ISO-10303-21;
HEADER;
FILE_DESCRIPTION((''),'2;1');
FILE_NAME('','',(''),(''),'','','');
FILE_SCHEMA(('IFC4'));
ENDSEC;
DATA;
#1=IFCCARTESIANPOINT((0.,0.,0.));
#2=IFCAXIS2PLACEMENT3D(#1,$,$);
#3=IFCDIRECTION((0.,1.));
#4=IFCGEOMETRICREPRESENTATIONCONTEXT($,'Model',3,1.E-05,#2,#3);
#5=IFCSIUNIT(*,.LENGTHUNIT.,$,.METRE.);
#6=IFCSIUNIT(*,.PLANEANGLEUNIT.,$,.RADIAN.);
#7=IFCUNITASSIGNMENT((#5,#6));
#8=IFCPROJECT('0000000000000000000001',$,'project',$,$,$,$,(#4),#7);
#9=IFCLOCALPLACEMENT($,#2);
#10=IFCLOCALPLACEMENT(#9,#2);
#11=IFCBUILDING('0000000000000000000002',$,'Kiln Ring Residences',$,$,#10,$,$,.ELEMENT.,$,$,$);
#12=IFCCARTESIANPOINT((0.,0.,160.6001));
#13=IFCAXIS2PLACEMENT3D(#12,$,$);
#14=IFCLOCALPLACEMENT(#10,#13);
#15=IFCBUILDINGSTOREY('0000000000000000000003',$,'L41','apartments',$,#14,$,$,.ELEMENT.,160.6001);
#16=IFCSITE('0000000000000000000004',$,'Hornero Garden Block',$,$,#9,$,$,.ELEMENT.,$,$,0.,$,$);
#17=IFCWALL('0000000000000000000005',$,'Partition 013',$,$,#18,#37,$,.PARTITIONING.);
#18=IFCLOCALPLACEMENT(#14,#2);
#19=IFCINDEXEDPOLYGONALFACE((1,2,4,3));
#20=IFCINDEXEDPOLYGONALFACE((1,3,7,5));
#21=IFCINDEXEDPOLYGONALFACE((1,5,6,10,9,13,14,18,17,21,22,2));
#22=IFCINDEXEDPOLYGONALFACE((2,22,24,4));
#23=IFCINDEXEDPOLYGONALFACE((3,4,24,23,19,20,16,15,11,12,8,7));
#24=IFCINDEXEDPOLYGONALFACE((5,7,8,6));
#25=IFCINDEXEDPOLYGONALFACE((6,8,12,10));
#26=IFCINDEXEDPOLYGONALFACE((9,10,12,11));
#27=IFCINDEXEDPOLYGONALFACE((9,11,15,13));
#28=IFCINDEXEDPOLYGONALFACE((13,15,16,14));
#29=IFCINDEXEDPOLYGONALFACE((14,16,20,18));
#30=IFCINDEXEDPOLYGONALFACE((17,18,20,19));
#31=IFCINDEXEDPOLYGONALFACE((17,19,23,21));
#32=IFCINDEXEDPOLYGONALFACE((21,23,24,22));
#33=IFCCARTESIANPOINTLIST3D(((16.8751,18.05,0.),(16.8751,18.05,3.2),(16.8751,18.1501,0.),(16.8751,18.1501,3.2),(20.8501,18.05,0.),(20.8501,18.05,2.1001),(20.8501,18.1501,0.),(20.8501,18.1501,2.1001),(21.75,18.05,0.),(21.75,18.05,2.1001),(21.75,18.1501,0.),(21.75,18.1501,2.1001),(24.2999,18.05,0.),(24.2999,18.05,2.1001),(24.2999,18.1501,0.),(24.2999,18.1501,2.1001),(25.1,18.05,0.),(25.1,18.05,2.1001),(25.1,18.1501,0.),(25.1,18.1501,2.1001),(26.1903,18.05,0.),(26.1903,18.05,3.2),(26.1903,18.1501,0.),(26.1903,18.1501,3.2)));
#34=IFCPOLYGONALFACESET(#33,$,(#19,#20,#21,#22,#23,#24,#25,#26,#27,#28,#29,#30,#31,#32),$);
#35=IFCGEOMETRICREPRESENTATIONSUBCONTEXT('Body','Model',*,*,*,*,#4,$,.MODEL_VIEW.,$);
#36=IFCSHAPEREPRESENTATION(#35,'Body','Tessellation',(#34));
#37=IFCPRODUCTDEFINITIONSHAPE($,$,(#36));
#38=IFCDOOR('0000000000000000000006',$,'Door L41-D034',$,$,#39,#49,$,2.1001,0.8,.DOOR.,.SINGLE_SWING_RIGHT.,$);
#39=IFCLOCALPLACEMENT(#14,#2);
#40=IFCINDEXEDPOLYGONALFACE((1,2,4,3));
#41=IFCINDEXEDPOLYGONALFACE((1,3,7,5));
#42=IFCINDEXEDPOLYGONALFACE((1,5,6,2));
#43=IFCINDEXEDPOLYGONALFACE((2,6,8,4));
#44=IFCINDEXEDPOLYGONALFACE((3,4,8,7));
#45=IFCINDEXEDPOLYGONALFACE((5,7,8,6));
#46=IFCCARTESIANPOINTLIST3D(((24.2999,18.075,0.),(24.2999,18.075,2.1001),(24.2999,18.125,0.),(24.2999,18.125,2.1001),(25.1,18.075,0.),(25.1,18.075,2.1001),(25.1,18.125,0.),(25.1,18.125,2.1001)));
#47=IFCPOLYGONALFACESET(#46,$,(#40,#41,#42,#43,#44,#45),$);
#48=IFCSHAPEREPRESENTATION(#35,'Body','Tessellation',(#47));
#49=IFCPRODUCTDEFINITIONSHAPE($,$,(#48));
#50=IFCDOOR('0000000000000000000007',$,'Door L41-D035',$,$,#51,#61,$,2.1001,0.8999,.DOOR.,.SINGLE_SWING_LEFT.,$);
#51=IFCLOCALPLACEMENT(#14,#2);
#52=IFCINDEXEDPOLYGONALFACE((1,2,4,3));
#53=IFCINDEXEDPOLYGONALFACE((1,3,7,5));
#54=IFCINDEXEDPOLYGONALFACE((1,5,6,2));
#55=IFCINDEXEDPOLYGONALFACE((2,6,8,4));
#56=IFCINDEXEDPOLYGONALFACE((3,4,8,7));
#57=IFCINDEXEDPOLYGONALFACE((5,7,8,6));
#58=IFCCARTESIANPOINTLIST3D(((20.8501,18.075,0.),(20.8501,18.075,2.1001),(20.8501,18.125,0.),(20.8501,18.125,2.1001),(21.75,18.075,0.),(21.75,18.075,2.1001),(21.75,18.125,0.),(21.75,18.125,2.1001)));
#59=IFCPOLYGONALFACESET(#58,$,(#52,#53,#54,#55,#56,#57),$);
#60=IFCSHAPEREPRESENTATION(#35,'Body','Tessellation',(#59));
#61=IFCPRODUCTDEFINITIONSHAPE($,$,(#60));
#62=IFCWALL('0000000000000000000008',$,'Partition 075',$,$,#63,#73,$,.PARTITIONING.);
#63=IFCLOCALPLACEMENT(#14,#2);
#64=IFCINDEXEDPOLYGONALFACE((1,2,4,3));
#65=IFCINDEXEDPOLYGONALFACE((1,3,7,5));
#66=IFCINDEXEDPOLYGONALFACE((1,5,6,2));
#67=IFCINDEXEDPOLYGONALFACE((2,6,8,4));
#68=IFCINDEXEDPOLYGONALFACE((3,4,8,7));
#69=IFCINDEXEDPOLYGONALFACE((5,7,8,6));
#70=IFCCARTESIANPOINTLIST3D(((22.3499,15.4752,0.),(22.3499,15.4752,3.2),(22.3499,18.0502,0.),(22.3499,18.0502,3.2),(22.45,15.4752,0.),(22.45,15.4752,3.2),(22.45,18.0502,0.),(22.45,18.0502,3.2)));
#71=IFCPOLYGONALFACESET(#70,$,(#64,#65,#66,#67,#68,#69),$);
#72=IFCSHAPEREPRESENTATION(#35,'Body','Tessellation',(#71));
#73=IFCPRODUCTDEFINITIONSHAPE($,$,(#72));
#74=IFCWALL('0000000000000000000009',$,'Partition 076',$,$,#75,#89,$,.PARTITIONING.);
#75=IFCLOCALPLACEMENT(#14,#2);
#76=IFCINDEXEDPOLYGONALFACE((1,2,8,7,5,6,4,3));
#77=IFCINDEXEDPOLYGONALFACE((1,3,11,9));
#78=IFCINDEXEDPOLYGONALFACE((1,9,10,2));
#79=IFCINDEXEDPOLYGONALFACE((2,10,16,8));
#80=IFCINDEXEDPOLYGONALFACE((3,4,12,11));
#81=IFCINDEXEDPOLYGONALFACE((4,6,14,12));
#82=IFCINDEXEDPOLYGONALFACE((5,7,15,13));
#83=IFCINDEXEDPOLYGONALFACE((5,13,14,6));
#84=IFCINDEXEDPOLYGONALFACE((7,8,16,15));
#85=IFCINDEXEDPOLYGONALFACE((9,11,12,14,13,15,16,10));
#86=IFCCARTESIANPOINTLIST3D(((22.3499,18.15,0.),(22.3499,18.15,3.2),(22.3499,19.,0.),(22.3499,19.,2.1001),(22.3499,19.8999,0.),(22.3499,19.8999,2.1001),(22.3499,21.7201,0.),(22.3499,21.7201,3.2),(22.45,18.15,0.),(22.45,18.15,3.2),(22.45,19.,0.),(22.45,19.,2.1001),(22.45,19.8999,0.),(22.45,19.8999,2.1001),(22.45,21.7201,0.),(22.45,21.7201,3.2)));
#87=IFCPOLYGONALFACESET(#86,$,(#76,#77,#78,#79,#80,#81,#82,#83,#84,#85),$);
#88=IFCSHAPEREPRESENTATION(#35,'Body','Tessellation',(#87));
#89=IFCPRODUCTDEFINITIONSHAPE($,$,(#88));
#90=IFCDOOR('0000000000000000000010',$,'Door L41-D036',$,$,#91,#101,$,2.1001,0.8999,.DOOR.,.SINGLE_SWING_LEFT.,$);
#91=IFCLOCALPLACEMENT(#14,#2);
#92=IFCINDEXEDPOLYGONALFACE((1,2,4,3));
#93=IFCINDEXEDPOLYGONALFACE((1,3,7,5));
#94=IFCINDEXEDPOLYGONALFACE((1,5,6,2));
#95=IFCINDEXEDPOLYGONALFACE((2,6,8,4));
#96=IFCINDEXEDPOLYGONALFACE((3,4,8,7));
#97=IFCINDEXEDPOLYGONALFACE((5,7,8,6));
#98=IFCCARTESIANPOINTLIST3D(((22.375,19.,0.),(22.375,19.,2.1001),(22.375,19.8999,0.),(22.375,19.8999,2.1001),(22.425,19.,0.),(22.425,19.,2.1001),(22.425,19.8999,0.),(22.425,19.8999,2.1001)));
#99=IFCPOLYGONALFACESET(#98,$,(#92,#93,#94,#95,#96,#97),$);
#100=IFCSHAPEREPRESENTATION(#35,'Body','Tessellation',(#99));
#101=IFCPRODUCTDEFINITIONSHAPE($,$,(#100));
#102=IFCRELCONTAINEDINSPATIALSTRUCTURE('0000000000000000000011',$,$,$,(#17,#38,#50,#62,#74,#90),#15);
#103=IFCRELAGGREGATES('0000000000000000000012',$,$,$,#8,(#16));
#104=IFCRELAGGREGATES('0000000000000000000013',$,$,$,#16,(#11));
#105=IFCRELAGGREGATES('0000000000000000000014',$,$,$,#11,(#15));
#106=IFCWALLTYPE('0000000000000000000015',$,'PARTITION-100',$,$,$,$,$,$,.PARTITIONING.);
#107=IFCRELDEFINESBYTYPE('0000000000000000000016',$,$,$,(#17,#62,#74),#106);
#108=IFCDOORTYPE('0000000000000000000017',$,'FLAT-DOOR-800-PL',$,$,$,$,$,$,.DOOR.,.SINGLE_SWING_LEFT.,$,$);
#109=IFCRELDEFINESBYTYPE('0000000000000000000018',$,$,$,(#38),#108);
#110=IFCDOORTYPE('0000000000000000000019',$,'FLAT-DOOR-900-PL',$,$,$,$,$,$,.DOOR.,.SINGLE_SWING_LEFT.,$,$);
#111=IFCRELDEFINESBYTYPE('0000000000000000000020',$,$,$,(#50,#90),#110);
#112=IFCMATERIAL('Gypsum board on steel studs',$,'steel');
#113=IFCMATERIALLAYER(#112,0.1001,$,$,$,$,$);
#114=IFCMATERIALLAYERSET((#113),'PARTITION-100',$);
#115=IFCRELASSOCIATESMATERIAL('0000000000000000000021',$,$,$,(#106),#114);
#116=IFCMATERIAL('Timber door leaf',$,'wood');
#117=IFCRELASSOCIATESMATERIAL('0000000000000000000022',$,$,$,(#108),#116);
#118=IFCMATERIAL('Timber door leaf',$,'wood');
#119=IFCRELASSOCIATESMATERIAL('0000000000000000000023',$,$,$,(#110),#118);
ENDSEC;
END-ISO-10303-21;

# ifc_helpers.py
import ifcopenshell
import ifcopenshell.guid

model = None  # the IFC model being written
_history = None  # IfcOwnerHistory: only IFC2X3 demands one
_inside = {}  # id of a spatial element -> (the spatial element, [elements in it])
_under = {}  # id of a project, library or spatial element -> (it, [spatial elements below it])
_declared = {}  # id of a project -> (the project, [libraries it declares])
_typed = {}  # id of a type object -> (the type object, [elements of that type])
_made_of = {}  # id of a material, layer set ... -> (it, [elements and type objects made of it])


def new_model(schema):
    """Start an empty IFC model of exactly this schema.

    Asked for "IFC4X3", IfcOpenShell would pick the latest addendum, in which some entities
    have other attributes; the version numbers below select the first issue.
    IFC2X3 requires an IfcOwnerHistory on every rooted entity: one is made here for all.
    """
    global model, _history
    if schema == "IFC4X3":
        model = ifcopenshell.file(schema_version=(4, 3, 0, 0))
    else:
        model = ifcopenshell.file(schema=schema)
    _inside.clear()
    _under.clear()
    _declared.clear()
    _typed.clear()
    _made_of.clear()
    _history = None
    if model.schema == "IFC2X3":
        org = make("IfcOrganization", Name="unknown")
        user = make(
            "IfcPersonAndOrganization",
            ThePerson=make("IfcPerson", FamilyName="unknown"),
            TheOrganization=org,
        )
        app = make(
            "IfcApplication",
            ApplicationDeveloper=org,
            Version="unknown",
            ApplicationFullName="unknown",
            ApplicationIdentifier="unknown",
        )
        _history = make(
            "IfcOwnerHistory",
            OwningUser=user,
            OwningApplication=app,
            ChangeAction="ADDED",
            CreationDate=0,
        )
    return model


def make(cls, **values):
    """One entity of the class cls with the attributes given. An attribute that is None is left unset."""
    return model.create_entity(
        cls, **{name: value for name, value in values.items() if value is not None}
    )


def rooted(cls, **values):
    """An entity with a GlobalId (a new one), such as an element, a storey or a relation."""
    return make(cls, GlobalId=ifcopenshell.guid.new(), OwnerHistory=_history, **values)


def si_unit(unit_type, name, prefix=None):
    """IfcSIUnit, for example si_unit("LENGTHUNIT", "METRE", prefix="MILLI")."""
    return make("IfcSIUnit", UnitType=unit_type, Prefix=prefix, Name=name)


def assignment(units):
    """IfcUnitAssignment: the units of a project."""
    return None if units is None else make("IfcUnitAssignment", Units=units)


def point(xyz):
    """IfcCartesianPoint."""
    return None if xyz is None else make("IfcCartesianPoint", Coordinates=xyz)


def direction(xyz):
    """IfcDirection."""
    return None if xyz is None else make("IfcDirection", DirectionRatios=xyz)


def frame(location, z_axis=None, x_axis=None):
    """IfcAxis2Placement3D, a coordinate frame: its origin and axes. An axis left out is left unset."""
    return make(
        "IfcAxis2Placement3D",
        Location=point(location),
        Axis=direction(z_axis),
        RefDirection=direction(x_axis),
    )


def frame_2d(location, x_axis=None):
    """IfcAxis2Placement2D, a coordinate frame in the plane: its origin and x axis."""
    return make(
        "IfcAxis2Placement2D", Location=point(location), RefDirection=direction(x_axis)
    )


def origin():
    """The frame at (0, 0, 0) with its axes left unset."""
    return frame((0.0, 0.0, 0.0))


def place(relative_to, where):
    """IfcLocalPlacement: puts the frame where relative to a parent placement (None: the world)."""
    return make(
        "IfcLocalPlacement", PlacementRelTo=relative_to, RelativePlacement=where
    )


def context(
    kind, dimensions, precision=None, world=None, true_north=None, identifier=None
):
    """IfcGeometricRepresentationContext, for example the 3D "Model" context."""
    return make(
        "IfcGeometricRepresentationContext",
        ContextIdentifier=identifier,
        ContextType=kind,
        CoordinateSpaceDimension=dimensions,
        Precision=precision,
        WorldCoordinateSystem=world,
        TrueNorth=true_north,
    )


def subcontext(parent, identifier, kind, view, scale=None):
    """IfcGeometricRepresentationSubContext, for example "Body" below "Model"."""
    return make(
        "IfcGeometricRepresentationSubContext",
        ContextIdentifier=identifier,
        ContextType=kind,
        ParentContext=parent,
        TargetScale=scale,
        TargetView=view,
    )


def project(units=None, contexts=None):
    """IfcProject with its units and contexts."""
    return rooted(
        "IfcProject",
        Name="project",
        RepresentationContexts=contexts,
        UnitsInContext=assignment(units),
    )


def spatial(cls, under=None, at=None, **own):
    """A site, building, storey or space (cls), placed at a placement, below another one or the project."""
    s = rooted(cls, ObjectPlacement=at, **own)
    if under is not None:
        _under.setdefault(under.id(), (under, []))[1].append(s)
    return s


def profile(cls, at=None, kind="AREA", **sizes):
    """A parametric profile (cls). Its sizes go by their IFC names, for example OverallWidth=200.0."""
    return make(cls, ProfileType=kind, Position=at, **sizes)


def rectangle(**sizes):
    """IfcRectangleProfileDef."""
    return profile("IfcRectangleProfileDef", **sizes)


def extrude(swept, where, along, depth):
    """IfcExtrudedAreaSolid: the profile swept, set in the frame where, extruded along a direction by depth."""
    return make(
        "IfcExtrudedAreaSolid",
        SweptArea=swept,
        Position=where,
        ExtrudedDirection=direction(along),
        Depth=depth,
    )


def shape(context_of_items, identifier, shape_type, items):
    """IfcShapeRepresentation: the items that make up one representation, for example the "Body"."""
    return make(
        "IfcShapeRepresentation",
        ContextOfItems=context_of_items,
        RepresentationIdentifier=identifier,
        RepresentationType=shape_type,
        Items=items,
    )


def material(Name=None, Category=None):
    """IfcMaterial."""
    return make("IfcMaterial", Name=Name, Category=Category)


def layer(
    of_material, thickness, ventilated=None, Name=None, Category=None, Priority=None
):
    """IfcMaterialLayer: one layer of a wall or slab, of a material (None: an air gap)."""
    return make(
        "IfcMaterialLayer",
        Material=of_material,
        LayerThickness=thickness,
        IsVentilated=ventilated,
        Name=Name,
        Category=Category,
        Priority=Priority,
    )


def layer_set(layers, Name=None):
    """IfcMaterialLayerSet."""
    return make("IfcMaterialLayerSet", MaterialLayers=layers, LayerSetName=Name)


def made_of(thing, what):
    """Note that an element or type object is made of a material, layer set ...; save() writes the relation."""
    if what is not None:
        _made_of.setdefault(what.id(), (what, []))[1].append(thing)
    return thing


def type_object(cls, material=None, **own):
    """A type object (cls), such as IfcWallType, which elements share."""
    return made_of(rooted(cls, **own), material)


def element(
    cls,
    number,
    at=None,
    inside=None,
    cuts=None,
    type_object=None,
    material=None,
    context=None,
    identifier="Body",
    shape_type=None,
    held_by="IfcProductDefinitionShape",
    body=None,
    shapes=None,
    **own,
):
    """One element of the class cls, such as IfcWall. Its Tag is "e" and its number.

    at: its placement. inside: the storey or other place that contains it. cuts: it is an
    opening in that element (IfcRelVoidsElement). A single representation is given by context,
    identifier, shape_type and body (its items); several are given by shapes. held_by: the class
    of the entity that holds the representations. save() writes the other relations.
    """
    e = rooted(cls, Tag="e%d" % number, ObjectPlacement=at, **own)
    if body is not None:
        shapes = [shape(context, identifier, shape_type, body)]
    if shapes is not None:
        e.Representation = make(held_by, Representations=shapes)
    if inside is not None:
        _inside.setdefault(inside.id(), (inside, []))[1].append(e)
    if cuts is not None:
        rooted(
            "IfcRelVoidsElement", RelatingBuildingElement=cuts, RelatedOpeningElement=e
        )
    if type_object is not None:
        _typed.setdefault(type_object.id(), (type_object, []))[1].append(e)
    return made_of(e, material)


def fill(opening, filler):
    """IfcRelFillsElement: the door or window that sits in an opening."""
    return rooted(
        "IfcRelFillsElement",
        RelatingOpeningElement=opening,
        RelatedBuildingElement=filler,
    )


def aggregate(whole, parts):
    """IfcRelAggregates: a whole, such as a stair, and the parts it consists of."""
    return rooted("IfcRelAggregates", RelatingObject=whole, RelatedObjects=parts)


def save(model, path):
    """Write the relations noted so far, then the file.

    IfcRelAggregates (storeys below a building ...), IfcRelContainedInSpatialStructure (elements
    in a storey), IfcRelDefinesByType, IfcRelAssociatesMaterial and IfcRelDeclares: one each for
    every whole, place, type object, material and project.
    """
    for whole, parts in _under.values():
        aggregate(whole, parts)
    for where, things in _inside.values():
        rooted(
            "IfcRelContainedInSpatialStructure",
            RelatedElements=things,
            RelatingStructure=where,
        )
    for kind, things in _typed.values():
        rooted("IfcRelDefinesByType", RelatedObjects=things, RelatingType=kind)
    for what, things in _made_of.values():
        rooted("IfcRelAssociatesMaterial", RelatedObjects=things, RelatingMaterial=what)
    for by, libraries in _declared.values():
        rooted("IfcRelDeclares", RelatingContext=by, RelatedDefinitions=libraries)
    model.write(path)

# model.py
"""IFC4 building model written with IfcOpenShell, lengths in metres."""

from ifc_helpers import new_model, si_unit, direction, frame, frame_2d, origin, place, context, subcontext, project, spatial, rectangle, extrude, material, layer, layer_set, type_object, element, fill, save


model = new_model("IFC4")

# Units and contexts
model_context = context("Model", 3, precision=1e-05, world=origin(), true_north=direction((0.0, 1.0)))
body_context = subcontext(model_context, "Body", "Model", "MODEL_VIEW")
ifc_project = project(units=[si_unit("LENGTHUNIT", "METRE"), si_unit("PLANEANGLEUNIT", "RADIAN")], contexts=[model_context])

# Site, building, storey
site_placement = place(None, origin())
site = spatial("IfcSite", under=ifc_project, at=site_placement, Name="Hornero Garden Block", CompositionType="ELEMENT", RefElevation=0.0)
building_placement = place(site_placement, origin())
building = spatial("IfcBuilding", under=site, at=building_placement, Name="Kiln Ring Residences", CompositionType="ELEMENT")
storey_placement = place(building_placement, frame((0.0, 0.0, 160.6001)))
storey = spatial("IfcBuildingStorey", under=building, at=storey_placement, Name="L41", Description="apartments", CompositionType="ELEMENT", Elevation=160.6001)

# Wall, openings, doors
ifc_material_1 = material(Name="Gypsum board on steel studs", Category="steel")
ifc_layer_1 = layer(ifc_material_1, 0.1001)
ifc_layer_set_1 = layer_set([ifc_layer_1], Name="PARTITION-100")
wall_type_1 = type_object("IfcWallType", Name="PARTITION-100", PredefinedType="PARTITIONING", material=ifc_layer_set_1)
wall_1_placement = place(storey_placement, frame((16.875, 18.1001, 0.0), z_axis=(0.0, 0.0, 1.0), x_axis=(1.0, 0.0, 0.0)))
wall_1 = element("IfcWall", 1, at=wall_1_placement, inside=storey, type_object=wall_type_1, Name="Partition 013", PredefinedType="PARTITIONING", context=body_context, shape_type="SweptSolid", body=[
    extrude(rectangle(XDim=9.3152, YDim=0.1001, at=frame_2d((4.6577, 0.0))), origin(), (0.0, 0.0, 1.0), 3.2),
])
opening_1_placement = place(wall_1_placement, frame((7.425, 0.0, 0.0)))
opening_1 = element("IfcOpeningElement", 2, at=opening_1_placement, cuts=wall_1, PredefinedType="OPENING", context=body_context, shape_type="SweptSolid", body=[
    extrude(rectangle(XDim=0.8, YDim=2.1001, at=frame_2d((0.3999, 1.05))), frame((0.0, 0.0601, 0.0), z_axis=(0.0, -1.0, 0.0), x_axis=(1.0, 0.0, 0.0)), (0.0, 0.0, 1.0), 0.1201),
])
opening_2_placement = place(wall_1_placement, frame((3.9751, 0.0, 0.0)))
opening_2 = element("IfcOpeningElement", 3, at=opening_2_placement, cuts=wall_1, PredefinedType="OPENING", context=body_context, shape_type="SweptSolid", body=[
    extrude(rectangle(XDim=0.8999, YDim=2.1001, at=frame_2d((0.45, 1.05))), frame((0.0, 0.0601, 0.0), z_axis=(0.0, -1.0, 0.0), x_axis=(1.0, 0.0, 0.0)), (0.0, 0.0, 1.0), 0.1201),
])
ifc_material_2 = material(Name="Timber door leaf", Category="wood")
door_type_1 = type_object("IfcDoorType", Name="FLAT-DOOR-800-PL", OperationType="SINGLE_SWING_LEFT", PredefinedType="DOOR", material=ifc_material_2)
door_1_placement = place(opening_1_placement, origin())
door_1 = element("IfcDoor", 4, at=door_1_placement, inside=storey, type_object=door_type_1, Name="Door L41-D034", OperationType="SINGLE_SWING_RIGHT", OverallHeight=2.1001, OverallWidth=0.8, PredefinedType="DOOR", context=body_context, shape_type="SweptSolid", body=[
    extrude(rectangle(XDim=0.8, YDim=2.1001, at=frame_2d((0.3999, 1.05))), frame((0.0, 0.0249, 0.0), z_axis=(0.0, -1.0, 0.0), x_axis=(1.0, 0.0, 0.0)), (0.0, 0.0, 1.0), 0.05),
])
fill(opening_1, door_1)
ifc_material_3 = material(Name="Timber door leaf", Category="wood")
door_type_2 = type_object("IfcDoorType", Name="FLAT-DOOR-900-PL", OperationType="SINGLE_SWING_LEFT", PredefinedType="DOOR", material=ifc_material_3)
door_2_placement = place(opening_2_placement, origin())
door_2 = element("IfcDoor", 5, at=door_2_placement, inside=storey, type_object=door_type_2, Name="Door L41-D035", OperationType="SINGLE_SWING_LEFT", OverallHeight=2.1001, OverallWidth=0.8999, PredefinedType="DOOR", context=body_context, shape_type="SweptSolid", body=[
    extrude(rectangle(XDim=0.8999, YDim=2.1001, at=frame_2d((0.45, 1.05))), frame((0.0, 0.0249, 0.0), z_axis=(0.0, -1.0, 0.0), x_axis=(1.0, 0.0, 0.0)), (0.0, 0.0, 1.0), 0.05),
])
fill(opening_2, door_2)

# Wall
wall_2_placement = place(storey_placement, frame((22.3999, 15.4751, 0.0), z_axis=(0.0, 0.0, 1.0), x_axis=(0.0, 1.0, 0.0)))
element("IfcWall", 6, at=wall_2_placement, inside=storey, type_object=wall_type_1, Name="Partition 075", PredefinedType="PARTITIONING", context=body_context, shape_type="SweptSolid", body=[
    extrude(rectangle(XDim=2.575, YDim=0.1001, at=frame_2d((1.2876, 0.0))), origin(), (0.0, 0.0, 1.0), 3.2),
])

# Wall, opening, door
wall_3_placement = place(storey_placement, frame((22.3999, 18.1499, 0.0), z_axis=(0.0, 0.0, 1.0), x_axis=(0.0, 1.0, 0.0)))
wall_3 = element("IfcWall", 7, at=wall_3_placement, inside=storey, type_object=wall_type_1, Name="Partition 076", PredefinedType="PARTITIONING", context=body_context, shape_type="SweptSolid", body=[
    extrude(rectangle(XDim=3.5701, YDim=0.1001, at=frame_2d((1.7852, 0.0))), origin(), (0.0, 0.0, 1.0), 3.2),
])
opening_3_placement = place(wall_3_placement, frame((0.8501, 0.0, 0.0)))
opening_3 = element("IfcOpeningElement", 8, at=opening_3_placement, cuts=wall_3, PredefinedType="OPENING", context=body_context, shape_type="SweptSolid", body=[
    extrude(rectangle(XDim=0.8999, YDim=2.1001, at=frame_2d((0.45, 1.05))), frame((0.0, 0.0601, 0.0), z_axis=(0.0, -1.0, 0.0), x_axis=(1.0, 0.0, 0.0)), (0.0, 0.0, 1.0), 0.1201),
])
door_3_placement = place(opening_3_placement, origin())
door_3 = element("IfcDoor", 9, at=door_3_placement, inside=storey, type_object=door_type_2, Name="Door L41-D036", OperationType="SINGLE_SWING_LEFT", OverallHeight=2.1001, OverallWidth=0.8999, PredefinedType="DOOR", context=body_context, shape_type="SweptSolid", body=[
    extrude(rectangle(XDim=0.8999, YDim=2.1001, at=frame_2d((0.45, 1.05))), frame((0.0, 0.0249, 0.0), z_axis=(0.0, -1.0, 0.0), x_axis=(1.0, 0.0, 0.0)), (0.0, 0.0, 1.0), 0.05),
])
fill(opening_3, door_3)

save(model, "model.ifc")
